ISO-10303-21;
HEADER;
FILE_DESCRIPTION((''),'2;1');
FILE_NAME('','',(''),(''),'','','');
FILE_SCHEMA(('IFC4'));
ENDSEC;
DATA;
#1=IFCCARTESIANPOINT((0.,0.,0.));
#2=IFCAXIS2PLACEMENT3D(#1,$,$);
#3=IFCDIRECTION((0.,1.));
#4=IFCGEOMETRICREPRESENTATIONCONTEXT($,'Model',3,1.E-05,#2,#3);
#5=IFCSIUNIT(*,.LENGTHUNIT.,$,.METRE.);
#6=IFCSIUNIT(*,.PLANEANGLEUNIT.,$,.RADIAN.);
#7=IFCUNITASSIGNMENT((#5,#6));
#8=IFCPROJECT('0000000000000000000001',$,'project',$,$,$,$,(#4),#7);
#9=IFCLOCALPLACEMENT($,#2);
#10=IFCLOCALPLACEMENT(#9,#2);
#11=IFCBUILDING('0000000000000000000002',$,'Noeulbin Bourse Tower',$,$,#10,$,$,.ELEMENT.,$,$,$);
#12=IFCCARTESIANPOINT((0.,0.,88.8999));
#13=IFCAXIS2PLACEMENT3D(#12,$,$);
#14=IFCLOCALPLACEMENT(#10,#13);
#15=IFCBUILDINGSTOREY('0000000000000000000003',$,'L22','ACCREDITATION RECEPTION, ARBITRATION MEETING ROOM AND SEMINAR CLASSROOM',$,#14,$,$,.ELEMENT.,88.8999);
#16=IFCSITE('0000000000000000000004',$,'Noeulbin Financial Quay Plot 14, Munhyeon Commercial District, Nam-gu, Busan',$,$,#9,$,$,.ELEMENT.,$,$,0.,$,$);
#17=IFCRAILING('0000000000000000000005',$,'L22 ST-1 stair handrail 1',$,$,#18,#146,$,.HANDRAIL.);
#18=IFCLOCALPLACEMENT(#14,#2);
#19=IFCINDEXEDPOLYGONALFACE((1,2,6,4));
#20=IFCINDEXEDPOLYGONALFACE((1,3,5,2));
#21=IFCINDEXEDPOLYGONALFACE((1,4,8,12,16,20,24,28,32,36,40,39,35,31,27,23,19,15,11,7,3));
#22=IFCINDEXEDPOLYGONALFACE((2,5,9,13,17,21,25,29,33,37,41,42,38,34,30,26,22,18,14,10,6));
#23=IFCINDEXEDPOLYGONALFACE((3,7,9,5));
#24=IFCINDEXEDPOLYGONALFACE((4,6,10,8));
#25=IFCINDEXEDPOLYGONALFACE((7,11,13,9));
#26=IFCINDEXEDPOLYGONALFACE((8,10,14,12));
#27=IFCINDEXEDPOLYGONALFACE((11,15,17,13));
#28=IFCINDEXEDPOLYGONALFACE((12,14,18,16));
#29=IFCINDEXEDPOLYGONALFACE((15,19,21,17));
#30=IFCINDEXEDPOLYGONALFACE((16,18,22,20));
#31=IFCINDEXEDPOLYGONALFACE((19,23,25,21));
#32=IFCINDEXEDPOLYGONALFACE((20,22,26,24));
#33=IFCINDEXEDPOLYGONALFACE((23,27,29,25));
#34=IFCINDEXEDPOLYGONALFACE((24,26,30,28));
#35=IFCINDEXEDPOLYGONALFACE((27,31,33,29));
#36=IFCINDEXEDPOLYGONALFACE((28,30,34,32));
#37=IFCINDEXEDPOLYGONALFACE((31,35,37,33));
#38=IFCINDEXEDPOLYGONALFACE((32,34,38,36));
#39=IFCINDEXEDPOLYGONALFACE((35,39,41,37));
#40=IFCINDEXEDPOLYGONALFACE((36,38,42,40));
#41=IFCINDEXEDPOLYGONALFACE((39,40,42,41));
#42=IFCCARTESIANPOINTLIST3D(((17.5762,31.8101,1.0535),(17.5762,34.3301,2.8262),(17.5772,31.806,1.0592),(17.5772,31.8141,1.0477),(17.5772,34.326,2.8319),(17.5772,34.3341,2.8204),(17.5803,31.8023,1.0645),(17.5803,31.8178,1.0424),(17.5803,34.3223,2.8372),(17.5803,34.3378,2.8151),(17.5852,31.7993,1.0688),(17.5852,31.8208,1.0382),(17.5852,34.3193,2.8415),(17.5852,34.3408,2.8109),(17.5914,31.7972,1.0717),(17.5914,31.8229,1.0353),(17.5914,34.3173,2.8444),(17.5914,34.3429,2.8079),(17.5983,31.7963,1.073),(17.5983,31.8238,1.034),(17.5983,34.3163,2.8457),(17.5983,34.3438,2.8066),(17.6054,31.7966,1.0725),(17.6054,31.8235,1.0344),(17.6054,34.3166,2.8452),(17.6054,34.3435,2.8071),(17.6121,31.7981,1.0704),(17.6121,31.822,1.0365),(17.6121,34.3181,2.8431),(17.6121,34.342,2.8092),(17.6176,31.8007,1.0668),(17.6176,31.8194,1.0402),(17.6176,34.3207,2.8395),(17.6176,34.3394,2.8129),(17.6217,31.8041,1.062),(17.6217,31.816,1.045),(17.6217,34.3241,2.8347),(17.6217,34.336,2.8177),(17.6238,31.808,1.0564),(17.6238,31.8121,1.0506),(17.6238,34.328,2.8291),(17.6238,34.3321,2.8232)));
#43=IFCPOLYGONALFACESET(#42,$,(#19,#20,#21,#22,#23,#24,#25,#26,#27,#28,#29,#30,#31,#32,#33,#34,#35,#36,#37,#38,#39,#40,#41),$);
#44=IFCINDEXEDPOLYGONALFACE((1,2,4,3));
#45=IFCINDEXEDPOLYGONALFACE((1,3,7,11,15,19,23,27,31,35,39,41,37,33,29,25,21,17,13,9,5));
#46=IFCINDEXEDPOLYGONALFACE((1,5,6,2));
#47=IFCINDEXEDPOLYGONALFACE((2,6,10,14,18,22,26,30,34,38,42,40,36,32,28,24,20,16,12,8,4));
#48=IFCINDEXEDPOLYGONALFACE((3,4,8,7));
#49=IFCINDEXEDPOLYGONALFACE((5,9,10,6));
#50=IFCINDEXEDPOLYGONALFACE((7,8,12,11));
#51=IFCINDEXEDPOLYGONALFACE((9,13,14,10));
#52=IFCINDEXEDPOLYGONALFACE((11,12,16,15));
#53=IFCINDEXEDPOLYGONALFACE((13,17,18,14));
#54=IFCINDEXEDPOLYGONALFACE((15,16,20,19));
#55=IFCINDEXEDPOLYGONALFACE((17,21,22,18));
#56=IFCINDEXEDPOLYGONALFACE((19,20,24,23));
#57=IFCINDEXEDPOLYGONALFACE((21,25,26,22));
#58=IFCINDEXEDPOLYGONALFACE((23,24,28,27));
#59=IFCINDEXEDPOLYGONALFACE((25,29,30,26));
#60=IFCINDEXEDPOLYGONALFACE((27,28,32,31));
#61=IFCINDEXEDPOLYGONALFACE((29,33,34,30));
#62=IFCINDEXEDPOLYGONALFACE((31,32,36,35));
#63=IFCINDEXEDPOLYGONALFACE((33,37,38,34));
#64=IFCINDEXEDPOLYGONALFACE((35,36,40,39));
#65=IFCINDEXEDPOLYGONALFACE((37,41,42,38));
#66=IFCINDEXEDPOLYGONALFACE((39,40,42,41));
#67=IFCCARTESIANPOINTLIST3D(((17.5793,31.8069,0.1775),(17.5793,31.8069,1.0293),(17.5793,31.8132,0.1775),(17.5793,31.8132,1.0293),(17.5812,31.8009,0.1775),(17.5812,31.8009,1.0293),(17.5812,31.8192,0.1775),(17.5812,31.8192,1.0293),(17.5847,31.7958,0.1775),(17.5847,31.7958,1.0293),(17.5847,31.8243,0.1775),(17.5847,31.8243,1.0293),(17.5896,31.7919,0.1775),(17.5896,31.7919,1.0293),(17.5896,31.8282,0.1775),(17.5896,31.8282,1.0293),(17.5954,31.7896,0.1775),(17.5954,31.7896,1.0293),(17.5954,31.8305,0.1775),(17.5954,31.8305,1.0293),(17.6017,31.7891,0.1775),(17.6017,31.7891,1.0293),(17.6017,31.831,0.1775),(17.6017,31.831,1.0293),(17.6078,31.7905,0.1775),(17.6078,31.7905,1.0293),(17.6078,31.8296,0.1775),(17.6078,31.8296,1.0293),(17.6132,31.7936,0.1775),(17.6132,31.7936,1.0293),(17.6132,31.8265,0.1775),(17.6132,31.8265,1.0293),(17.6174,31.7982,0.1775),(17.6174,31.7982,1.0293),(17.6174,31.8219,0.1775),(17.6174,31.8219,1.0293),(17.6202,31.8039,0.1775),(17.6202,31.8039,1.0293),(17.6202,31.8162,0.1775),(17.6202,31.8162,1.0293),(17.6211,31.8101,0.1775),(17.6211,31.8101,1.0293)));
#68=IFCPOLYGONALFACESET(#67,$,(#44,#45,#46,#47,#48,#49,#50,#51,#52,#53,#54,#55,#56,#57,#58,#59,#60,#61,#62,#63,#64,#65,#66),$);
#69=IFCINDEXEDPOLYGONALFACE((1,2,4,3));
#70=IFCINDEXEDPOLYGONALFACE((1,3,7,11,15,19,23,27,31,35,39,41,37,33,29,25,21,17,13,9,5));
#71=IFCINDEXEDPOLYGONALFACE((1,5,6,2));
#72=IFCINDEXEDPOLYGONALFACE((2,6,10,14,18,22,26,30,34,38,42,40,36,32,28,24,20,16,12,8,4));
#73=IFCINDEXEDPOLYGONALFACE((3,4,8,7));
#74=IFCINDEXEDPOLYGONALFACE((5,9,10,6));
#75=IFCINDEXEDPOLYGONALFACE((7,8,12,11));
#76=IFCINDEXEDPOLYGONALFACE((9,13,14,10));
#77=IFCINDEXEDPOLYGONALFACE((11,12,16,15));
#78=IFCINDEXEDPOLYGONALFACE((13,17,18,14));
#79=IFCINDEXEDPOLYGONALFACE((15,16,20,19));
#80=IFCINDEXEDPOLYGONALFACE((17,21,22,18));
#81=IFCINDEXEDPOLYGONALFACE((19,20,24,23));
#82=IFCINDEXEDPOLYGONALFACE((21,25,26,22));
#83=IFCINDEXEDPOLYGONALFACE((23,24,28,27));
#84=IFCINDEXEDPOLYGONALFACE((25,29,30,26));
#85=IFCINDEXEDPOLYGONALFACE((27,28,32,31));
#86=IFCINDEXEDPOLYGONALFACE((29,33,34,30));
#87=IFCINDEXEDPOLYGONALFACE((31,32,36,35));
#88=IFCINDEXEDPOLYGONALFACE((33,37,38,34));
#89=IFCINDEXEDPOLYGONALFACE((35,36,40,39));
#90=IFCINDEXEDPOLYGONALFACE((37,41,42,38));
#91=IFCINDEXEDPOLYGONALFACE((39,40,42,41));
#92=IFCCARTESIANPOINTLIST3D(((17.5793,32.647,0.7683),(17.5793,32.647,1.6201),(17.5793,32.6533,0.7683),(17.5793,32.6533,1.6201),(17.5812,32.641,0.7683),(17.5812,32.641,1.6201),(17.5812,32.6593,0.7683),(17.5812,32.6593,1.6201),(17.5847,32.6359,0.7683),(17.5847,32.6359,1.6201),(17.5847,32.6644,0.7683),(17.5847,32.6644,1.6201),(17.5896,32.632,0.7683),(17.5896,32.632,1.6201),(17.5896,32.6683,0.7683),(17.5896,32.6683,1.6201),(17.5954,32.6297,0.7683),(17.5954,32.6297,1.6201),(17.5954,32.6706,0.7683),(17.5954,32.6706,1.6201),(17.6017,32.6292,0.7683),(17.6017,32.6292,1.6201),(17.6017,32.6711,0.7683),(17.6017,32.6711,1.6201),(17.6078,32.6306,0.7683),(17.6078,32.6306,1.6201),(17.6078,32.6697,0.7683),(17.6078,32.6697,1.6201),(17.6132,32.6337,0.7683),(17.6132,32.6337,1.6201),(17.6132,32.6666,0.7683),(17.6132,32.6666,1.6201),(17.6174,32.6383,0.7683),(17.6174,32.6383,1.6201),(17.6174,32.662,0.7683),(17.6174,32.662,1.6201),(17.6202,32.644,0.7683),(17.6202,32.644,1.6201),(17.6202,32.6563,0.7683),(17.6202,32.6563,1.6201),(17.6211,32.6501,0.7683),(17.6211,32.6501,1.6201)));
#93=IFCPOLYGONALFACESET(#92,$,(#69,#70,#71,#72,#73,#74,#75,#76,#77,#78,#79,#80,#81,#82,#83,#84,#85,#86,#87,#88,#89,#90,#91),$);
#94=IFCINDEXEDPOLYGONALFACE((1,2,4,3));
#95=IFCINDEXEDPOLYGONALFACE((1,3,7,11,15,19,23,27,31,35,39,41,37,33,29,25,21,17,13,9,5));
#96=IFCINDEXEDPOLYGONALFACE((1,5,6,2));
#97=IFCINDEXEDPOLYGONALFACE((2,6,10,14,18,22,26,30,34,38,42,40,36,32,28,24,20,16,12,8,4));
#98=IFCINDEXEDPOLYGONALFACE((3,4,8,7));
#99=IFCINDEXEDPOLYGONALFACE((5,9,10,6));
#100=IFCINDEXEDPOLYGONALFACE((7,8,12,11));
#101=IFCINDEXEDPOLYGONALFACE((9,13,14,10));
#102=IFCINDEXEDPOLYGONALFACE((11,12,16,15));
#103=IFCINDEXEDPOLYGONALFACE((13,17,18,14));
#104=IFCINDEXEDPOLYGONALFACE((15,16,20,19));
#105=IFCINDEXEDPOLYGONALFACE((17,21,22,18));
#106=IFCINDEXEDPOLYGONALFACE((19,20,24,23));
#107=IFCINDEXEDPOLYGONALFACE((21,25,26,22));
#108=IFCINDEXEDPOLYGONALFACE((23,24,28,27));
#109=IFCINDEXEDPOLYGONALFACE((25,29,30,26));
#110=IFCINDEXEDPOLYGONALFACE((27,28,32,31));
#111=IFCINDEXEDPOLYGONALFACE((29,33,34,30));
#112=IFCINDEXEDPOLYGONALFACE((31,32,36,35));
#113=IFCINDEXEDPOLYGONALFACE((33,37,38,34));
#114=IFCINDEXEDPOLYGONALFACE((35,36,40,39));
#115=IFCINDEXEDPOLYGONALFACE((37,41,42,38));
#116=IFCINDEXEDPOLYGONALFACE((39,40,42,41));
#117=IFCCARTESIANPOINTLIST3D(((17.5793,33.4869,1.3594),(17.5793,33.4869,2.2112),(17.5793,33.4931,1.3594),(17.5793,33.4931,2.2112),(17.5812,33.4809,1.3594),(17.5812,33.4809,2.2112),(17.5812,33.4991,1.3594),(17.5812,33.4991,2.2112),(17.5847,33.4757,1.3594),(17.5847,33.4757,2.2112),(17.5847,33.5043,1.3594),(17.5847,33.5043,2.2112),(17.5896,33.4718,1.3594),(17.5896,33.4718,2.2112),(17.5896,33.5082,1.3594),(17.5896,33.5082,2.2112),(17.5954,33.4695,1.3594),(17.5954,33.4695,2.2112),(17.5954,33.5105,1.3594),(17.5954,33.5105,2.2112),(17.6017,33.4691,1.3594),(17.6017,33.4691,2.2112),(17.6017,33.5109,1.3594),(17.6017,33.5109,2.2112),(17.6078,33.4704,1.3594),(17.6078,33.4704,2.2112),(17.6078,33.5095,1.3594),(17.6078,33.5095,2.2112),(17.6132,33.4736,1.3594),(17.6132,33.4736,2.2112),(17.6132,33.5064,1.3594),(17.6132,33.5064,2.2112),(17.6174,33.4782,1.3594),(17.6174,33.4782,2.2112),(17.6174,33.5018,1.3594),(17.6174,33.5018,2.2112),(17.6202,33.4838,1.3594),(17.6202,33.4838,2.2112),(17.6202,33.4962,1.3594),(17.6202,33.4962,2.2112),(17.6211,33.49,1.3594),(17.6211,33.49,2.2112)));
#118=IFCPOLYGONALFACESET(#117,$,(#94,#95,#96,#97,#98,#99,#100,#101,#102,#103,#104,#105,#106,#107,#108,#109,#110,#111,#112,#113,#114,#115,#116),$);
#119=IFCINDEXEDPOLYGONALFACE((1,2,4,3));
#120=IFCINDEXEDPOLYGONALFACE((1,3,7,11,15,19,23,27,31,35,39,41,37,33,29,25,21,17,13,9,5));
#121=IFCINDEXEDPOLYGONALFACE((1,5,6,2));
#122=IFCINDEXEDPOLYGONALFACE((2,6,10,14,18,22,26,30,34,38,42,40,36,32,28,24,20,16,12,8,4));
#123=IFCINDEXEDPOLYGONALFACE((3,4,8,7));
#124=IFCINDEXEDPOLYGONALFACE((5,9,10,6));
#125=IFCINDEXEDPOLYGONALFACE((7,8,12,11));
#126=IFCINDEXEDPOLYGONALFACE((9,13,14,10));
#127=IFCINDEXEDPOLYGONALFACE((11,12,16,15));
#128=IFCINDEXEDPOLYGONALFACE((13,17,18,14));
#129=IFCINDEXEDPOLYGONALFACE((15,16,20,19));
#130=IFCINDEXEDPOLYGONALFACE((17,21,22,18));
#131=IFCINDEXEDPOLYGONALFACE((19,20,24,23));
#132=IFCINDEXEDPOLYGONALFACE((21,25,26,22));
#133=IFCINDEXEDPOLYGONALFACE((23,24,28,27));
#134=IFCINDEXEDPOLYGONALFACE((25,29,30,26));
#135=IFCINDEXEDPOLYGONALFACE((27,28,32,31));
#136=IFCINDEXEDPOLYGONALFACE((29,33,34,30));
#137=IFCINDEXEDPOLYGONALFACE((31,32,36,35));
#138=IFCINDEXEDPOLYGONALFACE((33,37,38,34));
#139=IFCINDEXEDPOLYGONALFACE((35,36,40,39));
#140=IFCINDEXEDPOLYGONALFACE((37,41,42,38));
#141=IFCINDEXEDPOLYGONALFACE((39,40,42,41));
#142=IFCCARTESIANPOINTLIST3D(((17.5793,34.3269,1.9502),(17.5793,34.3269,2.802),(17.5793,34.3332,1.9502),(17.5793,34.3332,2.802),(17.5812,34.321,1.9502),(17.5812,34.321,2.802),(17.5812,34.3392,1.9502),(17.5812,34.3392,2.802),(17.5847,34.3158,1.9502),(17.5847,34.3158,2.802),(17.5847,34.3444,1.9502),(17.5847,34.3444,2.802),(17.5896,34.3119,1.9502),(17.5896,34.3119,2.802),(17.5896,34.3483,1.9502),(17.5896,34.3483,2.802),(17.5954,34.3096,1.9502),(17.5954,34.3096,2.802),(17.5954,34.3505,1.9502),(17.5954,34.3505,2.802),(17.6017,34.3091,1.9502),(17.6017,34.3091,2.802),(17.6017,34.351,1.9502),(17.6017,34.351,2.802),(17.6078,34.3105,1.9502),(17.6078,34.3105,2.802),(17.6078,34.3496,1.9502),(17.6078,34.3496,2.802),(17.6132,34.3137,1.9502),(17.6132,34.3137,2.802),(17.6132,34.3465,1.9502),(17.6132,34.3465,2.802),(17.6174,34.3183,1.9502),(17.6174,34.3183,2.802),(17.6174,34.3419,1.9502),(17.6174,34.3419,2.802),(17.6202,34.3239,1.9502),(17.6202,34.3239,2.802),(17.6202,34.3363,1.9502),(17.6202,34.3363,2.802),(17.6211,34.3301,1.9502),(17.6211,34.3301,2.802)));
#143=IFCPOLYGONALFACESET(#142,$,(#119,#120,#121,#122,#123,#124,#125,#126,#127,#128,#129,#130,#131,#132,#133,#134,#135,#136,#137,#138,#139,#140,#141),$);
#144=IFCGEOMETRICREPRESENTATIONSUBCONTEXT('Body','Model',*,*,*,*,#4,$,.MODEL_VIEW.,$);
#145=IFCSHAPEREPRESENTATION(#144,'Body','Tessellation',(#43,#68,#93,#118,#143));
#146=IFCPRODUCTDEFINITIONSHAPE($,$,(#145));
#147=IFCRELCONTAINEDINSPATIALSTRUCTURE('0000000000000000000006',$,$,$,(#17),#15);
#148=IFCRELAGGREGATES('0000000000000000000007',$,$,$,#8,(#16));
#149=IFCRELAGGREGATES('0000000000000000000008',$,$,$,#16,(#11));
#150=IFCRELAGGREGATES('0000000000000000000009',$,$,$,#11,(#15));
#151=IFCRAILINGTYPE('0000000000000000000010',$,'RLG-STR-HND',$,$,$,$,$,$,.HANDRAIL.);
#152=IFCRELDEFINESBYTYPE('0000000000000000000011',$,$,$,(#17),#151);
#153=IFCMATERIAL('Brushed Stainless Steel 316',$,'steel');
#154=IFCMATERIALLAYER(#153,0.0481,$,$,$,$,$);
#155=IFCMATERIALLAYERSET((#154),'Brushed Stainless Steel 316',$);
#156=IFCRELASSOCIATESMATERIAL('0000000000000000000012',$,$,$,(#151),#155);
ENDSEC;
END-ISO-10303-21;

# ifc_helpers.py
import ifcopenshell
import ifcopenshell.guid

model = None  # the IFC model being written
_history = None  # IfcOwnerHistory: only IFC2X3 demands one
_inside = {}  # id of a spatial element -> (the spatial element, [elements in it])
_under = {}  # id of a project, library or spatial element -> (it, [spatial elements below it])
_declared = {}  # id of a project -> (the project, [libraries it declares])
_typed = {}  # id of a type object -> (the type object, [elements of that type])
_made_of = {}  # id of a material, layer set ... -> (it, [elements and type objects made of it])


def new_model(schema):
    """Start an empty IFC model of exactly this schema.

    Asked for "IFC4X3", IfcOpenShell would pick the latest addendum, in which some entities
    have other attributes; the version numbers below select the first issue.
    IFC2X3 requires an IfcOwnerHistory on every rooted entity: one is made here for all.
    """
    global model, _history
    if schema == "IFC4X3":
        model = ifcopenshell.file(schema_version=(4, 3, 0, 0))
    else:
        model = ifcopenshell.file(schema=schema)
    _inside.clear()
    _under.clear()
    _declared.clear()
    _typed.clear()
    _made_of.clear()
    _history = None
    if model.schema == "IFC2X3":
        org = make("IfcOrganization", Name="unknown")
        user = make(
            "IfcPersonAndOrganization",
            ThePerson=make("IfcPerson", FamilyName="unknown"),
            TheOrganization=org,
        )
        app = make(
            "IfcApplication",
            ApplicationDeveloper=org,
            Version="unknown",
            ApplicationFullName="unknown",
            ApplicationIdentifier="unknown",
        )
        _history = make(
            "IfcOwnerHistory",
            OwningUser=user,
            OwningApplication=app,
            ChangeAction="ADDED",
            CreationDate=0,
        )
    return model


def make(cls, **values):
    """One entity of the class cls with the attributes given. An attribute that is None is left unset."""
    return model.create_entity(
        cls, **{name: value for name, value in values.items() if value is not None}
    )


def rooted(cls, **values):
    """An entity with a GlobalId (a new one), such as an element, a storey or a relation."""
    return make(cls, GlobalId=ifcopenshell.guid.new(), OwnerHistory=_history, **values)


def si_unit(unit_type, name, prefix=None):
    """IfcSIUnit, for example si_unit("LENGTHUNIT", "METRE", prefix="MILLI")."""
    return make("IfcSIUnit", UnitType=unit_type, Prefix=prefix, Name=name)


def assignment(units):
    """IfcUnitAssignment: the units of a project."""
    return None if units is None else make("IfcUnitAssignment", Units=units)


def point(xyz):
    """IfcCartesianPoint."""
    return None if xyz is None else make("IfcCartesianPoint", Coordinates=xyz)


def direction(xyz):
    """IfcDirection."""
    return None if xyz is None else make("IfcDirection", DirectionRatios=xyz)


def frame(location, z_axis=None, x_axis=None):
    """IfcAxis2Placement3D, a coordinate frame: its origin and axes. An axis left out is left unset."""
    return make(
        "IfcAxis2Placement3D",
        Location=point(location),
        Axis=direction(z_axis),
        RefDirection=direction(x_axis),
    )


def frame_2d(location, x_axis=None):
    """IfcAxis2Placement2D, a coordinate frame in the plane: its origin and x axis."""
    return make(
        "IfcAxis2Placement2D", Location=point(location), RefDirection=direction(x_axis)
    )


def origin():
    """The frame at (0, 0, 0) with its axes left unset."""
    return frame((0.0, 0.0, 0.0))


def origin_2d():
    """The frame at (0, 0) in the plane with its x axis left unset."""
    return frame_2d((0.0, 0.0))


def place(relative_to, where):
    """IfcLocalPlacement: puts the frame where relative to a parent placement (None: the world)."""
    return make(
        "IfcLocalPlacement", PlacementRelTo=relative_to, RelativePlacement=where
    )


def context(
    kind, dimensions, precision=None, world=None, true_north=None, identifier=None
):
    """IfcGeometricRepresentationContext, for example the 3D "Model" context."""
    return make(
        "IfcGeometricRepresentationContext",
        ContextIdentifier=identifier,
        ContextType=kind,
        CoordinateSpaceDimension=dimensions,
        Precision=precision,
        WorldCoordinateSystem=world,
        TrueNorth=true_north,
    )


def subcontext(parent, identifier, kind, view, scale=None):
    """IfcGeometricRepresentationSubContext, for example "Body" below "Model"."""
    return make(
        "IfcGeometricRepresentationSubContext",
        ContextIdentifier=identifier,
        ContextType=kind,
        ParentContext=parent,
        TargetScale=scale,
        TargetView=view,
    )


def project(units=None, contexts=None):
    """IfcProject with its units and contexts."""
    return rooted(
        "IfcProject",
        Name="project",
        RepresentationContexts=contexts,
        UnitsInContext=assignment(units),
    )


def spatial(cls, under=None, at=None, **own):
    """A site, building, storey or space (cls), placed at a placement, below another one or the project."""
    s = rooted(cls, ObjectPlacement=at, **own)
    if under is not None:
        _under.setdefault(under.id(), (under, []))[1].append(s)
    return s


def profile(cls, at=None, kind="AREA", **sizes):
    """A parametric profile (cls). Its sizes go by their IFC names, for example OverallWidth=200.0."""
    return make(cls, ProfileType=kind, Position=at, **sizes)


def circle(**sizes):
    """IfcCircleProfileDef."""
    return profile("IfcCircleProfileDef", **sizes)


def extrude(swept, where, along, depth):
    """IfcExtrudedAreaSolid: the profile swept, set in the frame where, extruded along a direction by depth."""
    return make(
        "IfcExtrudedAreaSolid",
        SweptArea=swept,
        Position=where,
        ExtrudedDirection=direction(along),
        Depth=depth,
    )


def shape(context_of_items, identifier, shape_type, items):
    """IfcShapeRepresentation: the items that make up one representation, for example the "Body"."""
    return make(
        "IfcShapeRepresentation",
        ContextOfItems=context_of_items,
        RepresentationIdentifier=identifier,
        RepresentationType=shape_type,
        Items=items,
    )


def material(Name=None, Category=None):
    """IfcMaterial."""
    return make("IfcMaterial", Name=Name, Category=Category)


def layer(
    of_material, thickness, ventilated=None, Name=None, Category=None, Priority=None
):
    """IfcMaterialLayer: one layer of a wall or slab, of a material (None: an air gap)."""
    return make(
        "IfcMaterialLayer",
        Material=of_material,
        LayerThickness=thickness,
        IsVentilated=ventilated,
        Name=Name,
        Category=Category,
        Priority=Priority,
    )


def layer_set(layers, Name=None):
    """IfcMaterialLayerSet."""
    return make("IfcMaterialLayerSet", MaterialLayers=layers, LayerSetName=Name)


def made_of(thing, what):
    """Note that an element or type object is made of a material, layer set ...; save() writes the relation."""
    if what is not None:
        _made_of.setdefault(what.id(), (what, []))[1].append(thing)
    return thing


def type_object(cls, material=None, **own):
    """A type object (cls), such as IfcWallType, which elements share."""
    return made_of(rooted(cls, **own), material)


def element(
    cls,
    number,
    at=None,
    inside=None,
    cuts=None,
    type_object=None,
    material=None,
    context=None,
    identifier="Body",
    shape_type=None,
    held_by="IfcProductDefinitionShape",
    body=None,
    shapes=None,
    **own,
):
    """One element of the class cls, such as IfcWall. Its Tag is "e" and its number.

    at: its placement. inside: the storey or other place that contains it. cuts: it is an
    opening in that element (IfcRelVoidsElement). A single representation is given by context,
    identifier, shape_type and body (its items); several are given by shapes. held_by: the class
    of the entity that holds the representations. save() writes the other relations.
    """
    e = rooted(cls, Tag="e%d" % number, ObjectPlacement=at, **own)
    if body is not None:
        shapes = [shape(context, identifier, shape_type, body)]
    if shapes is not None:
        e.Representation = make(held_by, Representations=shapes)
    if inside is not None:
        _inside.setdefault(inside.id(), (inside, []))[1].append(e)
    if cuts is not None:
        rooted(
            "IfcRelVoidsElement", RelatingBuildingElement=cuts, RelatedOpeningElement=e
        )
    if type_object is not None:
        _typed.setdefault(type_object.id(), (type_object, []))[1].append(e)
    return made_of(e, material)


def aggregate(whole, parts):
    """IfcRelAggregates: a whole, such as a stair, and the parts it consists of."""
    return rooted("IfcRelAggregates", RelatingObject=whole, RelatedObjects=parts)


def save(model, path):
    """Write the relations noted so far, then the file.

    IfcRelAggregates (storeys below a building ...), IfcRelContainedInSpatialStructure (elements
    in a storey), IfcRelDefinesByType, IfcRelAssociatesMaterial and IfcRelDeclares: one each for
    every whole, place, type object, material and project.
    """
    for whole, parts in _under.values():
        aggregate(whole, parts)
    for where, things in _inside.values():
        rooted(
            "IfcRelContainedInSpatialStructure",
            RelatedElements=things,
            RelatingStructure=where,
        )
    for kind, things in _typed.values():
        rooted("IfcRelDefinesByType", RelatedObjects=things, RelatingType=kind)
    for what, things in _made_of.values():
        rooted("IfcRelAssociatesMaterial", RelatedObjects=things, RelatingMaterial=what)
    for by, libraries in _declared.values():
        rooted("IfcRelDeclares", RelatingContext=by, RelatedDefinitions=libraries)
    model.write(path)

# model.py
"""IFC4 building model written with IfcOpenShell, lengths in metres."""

from ifc_helpers import new_model, si_unit, direction, frame, origin, origin_2d, place, context, subcontext, project, spatial, circle, extrude, material, layer, layer_set, type_object, element, save


model = new_model("IFC4")

# Units and contexts
model_context = context("Model", 3, precision=1e-05, world=origin(), true_north=direction((0.0, 1.0)))
body_context = subcontext(model_context, "Body", "Model", "MODEL_VIEW")
ifc_project = project(units=[si_unit("LENGTHUNIT", "METRE"), si_unit("PLANEANGLEUNIT", "RADIAN")], contexts=[model_context])

# Site, building, storey
site_placement = place(None, origin())
site = spatial("IfcSite", under=ifc_project, at=site_placement, Name="Noeulbin Financial Quay Plot 14, Munhyeon Commercial District, Nam-gu, Busan", CompositionType="ELEMENT", RefElevation=0.0)
building_placement = place(site_placement, origin())
building = spatial("IfcBuilding", under=site, at=building_placement, Name="Noeulbin Bourse Tower", CompositionType="ELEMENT")
storey_placement = place(building_placement, frame((0.0, 0.0, 88.8999)))
storey = spatial("IfcBuildingStorey", under=building, at=storey_placement, Name="L22", Description="ACCREDITATION RECEPTION, ARBITRATION MEETING ROOM AND SEMINAR CLASSROOM", CompositionType="ELEMENT", Elevation=88.8999)

# Shared definitions
ifc_material_1 = material(Name="Brushed Stainless Steel 316", Category="steel")

# Railing
ifc_layer_1 = layer(ifc_material_1, 0.0481)
ifc_layer_set_1 = layer_set([ifc_layer_1], Name="Brushed Stainless Steel 316")
railing_type_1 = type_object("IfcRailingType", Name="RLG-STR-HND", PredefinedType="HANDRAIL", material=ifc_layer_set_1)
railing_1_placement = place(storey_placement, frame((17.6001, 31.8101, 0.1775)))
element("IfcRailing", 1, at=railing_1_placement, inside=storey, type_object=railing_type_1, Name="L22 ST-1 stair handrail 1", PredefinedType="HANDRAIL", context=body_context, shape_type="SweptSolid", body=[
    extrude(circle(Radius=0.0239, at=origin_2d()), frame((0.0, 0.0, 0.876), z_axis=(0.0, 0.817904, 0.575354), x_axis=(-1.0, 0.0, 0.0)), (0.0, 0.0, 1.0), 3.0811),
    extrude(circle(Radius=0.021, at=origin_2d()), origin(), (0.0, 0.0, 1.0), 0.8518),
    extrude(circle(Radius=0.021, at=origin_2d()), frame((0.0, 0.8401, 0.5908)), (0.0, 0.0, 1.0), 0.8518),
    extrude(circle(Radius=0.021, at=origin_2d()), frame((0.0, 1.6799, 1.1819)), (0.0, 0.0, 1.0), 0.8518),
    extrude(circle(Radius=0.021, at=origin_2d()), frame((0.0, 2.52, 1.7727)), (0.0, 0.0, 1.0), 0.8518),
])

save(model, "model.ifc")
